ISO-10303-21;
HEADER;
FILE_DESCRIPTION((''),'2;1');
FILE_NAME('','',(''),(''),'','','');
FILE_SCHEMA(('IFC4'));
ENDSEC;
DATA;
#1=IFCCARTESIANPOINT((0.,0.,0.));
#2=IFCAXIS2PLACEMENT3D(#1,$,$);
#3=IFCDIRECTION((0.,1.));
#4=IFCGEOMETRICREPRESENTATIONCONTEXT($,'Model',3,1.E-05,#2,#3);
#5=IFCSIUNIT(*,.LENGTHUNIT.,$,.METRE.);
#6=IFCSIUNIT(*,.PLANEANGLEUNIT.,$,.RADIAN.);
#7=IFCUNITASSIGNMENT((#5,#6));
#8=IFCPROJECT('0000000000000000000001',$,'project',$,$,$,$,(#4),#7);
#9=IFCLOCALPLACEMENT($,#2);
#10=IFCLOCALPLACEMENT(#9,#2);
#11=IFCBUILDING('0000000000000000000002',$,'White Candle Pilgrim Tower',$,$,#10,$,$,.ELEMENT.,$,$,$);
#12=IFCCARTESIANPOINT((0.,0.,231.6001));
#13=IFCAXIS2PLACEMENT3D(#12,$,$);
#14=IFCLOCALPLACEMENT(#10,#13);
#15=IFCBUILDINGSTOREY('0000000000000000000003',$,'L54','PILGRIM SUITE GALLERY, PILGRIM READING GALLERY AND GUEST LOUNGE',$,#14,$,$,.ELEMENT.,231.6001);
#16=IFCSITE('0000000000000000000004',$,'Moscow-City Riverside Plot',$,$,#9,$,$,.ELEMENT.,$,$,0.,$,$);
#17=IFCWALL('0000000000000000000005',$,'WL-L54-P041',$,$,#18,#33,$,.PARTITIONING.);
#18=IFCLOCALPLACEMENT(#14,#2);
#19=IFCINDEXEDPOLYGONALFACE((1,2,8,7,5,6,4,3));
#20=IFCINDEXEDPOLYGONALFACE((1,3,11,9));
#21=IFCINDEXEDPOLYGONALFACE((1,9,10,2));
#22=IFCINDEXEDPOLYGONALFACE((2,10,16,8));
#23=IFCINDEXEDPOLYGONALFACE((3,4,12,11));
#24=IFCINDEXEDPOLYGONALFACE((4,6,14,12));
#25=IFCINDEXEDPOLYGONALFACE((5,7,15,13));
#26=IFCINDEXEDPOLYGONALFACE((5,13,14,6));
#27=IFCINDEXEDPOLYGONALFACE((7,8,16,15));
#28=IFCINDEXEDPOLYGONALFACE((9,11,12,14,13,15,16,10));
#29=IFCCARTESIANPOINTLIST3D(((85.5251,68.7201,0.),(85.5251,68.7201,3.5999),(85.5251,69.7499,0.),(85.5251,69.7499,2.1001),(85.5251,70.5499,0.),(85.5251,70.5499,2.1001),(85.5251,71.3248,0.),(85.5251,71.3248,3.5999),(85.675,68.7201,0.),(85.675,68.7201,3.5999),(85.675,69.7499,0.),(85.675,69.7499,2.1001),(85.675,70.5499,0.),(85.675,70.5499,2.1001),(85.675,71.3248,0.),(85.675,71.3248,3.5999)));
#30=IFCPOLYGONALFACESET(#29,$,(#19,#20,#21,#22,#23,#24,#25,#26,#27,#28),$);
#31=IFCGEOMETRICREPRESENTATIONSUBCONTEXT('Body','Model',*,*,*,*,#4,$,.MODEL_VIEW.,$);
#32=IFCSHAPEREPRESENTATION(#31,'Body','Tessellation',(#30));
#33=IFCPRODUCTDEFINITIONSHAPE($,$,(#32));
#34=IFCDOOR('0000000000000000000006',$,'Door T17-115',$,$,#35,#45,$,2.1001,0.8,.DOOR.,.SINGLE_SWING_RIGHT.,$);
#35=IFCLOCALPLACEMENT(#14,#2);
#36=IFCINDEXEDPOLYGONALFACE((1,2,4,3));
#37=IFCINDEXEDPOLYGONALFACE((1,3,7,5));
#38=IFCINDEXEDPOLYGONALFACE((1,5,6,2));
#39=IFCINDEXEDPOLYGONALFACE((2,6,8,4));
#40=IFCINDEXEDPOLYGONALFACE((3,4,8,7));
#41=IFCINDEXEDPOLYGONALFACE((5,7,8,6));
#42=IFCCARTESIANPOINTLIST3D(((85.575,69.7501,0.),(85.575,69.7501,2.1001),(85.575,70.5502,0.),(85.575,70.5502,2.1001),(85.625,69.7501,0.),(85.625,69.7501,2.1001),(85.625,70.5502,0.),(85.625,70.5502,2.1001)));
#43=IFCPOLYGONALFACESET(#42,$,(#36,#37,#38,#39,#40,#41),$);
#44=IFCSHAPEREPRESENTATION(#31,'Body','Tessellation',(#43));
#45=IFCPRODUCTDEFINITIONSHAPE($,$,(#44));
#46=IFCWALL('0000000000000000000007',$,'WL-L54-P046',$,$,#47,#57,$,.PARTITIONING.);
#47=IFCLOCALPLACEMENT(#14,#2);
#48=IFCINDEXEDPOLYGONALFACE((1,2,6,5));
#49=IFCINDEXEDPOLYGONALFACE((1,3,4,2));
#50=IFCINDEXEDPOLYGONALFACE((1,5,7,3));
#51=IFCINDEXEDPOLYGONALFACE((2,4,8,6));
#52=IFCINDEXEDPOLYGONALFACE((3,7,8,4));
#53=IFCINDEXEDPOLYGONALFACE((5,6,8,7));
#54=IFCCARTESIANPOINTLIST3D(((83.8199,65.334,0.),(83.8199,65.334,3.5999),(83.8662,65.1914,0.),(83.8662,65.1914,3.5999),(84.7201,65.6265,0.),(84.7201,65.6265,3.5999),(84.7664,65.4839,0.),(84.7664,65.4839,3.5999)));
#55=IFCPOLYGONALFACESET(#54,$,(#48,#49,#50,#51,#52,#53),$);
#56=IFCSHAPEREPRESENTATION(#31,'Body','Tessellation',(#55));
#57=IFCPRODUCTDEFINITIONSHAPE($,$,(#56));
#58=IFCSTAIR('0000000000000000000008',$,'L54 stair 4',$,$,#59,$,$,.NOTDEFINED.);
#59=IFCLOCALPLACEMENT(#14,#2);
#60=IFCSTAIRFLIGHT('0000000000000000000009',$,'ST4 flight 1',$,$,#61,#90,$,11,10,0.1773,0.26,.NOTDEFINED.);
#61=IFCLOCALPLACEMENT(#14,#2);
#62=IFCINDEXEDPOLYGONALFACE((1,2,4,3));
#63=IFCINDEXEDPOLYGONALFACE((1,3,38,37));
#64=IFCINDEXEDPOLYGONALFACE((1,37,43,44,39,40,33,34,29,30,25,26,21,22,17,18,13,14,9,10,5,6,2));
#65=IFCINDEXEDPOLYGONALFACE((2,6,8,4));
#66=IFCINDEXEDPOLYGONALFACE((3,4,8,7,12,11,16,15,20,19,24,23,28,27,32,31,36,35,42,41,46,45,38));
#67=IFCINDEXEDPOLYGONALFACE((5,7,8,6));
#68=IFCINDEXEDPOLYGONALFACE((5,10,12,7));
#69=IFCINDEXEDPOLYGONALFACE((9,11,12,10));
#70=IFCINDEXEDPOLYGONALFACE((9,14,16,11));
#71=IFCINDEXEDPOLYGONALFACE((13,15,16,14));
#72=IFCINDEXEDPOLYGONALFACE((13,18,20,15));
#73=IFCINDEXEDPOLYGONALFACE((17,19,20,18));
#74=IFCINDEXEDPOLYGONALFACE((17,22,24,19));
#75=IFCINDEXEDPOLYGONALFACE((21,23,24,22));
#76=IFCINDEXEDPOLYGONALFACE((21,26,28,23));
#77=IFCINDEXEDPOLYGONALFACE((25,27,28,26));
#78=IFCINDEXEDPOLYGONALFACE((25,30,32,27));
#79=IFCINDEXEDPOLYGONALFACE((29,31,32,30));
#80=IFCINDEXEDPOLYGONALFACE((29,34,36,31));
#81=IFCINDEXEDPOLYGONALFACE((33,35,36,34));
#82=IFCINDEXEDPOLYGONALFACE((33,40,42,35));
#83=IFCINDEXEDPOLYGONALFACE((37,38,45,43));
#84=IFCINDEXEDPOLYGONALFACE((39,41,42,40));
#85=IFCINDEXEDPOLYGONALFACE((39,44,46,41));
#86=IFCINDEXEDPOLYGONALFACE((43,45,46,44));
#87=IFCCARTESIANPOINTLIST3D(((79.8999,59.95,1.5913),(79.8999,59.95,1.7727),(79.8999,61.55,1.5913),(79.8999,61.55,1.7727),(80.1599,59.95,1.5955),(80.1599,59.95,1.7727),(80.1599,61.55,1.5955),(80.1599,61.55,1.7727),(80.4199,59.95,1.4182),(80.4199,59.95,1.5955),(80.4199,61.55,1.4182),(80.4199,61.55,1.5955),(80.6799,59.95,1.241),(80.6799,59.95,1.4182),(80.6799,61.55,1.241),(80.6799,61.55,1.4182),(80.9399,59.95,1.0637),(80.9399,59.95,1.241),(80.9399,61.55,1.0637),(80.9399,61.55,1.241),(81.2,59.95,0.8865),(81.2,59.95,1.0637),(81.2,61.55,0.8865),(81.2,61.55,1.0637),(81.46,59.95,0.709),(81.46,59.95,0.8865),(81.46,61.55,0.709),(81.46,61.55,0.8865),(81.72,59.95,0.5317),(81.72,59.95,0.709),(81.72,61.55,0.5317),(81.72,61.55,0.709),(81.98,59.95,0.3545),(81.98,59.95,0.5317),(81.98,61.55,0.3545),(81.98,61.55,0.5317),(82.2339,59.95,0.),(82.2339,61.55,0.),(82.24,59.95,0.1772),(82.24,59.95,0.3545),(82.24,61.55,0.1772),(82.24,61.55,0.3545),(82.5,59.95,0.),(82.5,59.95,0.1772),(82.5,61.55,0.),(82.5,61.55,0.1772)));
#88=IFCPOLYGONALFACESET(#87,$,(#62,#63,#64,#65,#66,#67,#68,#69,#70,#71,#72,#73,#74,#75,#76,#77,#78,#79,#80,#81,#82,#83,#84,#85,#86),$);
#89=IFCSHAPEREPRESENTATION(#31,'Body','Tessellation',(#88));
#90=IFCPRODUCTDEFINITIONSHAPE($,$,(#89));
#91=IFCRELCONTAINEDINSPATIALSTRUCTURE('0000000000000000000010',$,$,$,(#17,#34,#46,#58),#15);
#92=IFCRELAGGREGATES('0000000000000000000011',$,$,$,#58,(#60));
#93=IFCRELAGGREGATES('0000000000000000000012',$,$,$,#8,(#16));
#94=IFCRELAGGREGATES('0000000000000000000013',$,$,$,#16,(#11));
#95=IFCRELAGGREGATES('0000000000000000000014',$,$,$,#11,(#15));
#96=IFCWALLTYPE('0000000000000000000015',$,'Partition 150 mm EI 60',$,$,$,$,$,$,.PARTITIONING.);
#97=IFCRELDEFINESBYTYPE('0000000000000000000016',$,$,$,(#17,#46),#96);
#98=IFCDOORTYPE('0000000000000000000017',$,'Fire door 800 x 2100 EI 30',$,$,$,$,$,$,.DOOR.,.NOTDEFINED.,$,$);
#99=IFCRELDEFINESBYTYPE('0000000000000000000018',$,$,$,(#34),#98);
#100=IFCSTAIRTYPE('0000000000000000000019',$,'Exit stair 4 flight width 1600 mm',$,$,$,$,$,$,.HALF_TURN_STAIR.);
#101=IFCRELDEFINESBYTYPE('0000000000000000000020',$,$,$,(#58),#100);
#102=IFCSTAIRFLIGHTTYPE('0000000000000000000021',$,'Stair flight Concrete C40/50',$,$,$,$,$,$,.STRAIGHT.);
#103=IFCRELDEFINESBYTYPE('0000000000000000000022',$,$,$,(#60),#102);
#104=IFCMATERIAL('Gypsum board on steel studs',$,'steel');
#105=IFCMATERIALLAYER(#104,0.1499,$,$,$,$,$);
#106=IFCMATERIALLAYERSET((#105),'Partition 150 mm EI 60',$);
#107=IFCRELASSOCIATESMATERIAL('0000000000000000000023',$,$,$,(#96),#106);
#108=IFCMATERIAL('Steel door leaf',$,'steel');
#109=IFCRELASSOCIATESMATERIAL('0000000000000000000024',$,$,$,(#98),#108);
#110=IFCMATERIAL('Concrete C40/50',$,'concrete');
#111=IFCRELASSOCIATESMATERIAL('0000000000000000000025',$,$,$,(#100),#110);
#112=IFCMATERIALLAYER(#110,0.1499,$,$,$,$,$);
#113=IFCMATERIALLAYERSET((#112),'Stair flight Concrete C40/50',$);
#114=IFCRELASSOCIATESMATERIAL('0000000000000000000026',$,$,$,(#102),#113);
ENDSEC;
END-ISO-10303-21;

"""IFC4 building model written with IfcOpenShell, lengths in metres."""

from ifc_helpers import new_model, si_unit, direction, frame, frame_2d, origin, place, context, subcontext, project, spatial, polyline, rectangle, outline, extrude, material, layer, layer_set, type_object, element, fill, aggregate, save


model = new_model("IFC4")

# Units and contexts
model_context = context("Model", 3, precision=1e-05, world=origin(), true_north=direction((0.0, 1.0)))
body_context = subcontext(model_context, "Body", "Model", "MODEL_VIEW")
ifc_project = project(units=[si_unit("LENGTHUNIT", "METRE"), si_unit("PLANEANGLEUNIT", "RADIAN")], contexts=[model_context])

# Site, building, storey
site_placement = place(None, origin())
site = spatial("IfcSite", under=ifc_project, at=site_placement, Name="Moscow-City Riverside Plot", CompositionType="ELEMENT", RefElevation=0.0)
building_placement = place(site_placement, origin())
building = spatial("IfcBuilding", under=site, at=building_placement, Name="White Candle Pilgrim Tower", CompositionType="ELEMENT")
storey_placement = place(building_placement, frame((0.0, 0.0, 231.6001)))
storey = spatial("IfcBuildingStorey", under=building, at=storey_placement, Name="L54", Description="PILGRIM SUITE GALLERY, PILGRIM READING GALLERY AND GUEST LOUNGE", CompositionType="ELEMENT", Elevation=231.6001)

# Shared definitions
ifc_material_1 = material(Name="Gypsum board on steel studs", Category="steel")
ifc_material_2 = material(Name="Steel door leaf", Category="steel")

# Wall, opening, door
ifc_layer_1 = layer(ifc_material_1, 0.1499)
ifc_layer_set_1 = layer_set([ifc_layer_1], Name="Partition 150 mm EI 60")
wall_type_1 = type_object("IfcWallType", Name="Partition 150 mm EI 60", PredefinedType="PARTITIONING", material=ifc_layer_set_1)
wall_1_placement = place(storey_placement, frame((85.6001, 68.7202, 0.0), z_axis=(0.0, 0.0, 1.0), x_axis=(0.0, 1.0, 0.0)))
wall_1 = element("IfcWall", 1, at=wall_1_placement, inside=storey, type_object=wall_type_1, Name="WL-L54-P041", PredefinedType="PARTITIONING", context=body_context, shape_type="SweptSolid", body=[
    extrude(rectangle(XDim=2.6047, YDim=0.1499, at=frame_2d((1.3022, 0.0))), origin(), (0.0, 0.0, 1.0), 3.5999),
])
opening_1_placement = place(wall_1_placement, frame((1.0298, 0.0, 0.0)))
opening_1 = element("IfcOpeningElement", 2, at=opening_1_placement, cuts=wall_1, PredefinedType="OPENING", context=body_context, shape_type="SweptSolid", body=[
    extrude(rectangle(XDim=0.8, YDim=2.1001, at=frame_2d((0.3999, 1.05))), frame((0.0, 0.085, 0.0), z_axis=(0.0, -1.0, 0.0), x_axis=(1.0, 0.0, 0.0)), (0.0, 0.0, 1.0), 0.1699),
])
door_type_1 = type_object("IfcDoorType", Name="Fire door 800 x 2100 EI 30", OperationType="NOTDEFINED", PredefinedType="DOOR", material=ifc_material_2)
door_1_placement = place(opening_1_placement, frame((0.8, 0.0, 0.0), z_axis=(0.0, 0.0, 1.0), x_axis=(-1.0, 0.0, 0.0)))
door_1 = element("IfcDoor", 3, at=door_1_placement, inside=storey, type_object=door_type_1, Name="Door T17-115", OperationType="SINGLE_SWING_RIGHT", OverallHeight=2.1001, OverallWidth=0.8, PredefinedType="DOOR", context=body_context, shape_type="SweptSolid", body=[
    extrude(rectangle(XDim=0.8, YDim=2.1001, at=frame_2d((0.3999, 1.05))), frame((0.0, 0.0249, 0.0), z_axis=(0.0, -1.0, 0.0), x_axis=(1.0, 0.0, 0.0)), (0.0, 0.0, 1.0), 0.05),
])
fill(opening_1, door_1)

# Wall
wall_2_placement = place(storey_placement, frame((84.7432, 65.5552, 0.0), z_axis=(0.0, 0.0, 1.0), x_axis=(-0.951055, -0.309022, 0.0)))
element("IfcWall", 4, at=wall_2_placement, inside=storey, type_object=wall_type_1, Name="WL-L54-P046", PredefinedType="PARTITIONING", context=body_context, shape_type="SweptSolid", body=[
    extrude(rectangle(XDim=0.9465, YDim=0.1499, at=frame_2d((0.4731, 0.0))), origin(), (0.0, 0.0, 1.0), 3.5999),
])

# Stair, stair flight
ifc_material_3 = material(Name="Concrete C40/50", Category="concrete")
stair_type = type_object("IfcStairType", Name="Exit stair 4 flight width 1600 mm", PredefinedType="HALF_TURN_STAIR", material=ifc_material_3)
stair_placement = place(storey_placement, origin())
stair = element("IfcStair", 5, at=stair_placement, inside=storey, type_object=stair_type, Name="L54 stair 4", PredefinedType="NOTDEFINED")
ifc_layer_2 = layer(ifc_material_3, 0.1499)
ifc_layer_set_2 = layer_set([ifc_layer_2], Name="Stair flight Concrete C40/50")
stair_flight_type = type_object("IfcStairFlightType", Name="Stair flight Concrete C40/50", PredefinedType="STRAIGHT", material=ifc_layer_set_2)
stair_flight_placement = place(storey_placement, frame((82.5, 60.75, 0.0), z_axis=(0.0, 0.0, 1.0), x_axis=(-1.0, 0.0, 0.0)))
stair_flight = element("IfcStairFlight", 6, at=stair_flight_placement, type_object=stair_flight_type, Name="ST4 flight 1", NumberOfRisers=11, NumberOfTreads=10, PredefinedType="NOTDEFINED", RiserHeight=0.1773, TreadLength=0.26, context=body_context, shape_type="SweptSolid", body=[
    extrude(outline(polyline([(0.0, 0.0), (0.0, 0.1772), (0.26, 0.1772), (0.26, 0.3545), (0.52, 0.3545), (0.52, 0.5317), (0.78, 0.5317), (0.78, 0.709), (1.04, 0.709), (1.04, 0.8865), (1.3, 0.8865), (1.3, 1.0637), (1.5601, 1.0637), (1.5601, 1.241), (1.8201, 1.241), (1.8201, 1.4182), (2.0801, 1.4182), (2.0801, 1.5955), (2.3401, 1.5955), (2.3401, 1.7727), (2.6001, 1.7727), (2.6001, 1.95), (2.6001, 1.5913), (0.2661, 0.0), (0.0, 0.0)])), frame((0.0, 0.8, 0.0), z_axis=(0.0, -1.0, 0.0), x_axis=(1.0, 0.0, 0.0)), (0.0, 0.0, 1.0), 1.6001),
])
aggregate(stair, [stair_flight])

save(model, "model.ifc")
